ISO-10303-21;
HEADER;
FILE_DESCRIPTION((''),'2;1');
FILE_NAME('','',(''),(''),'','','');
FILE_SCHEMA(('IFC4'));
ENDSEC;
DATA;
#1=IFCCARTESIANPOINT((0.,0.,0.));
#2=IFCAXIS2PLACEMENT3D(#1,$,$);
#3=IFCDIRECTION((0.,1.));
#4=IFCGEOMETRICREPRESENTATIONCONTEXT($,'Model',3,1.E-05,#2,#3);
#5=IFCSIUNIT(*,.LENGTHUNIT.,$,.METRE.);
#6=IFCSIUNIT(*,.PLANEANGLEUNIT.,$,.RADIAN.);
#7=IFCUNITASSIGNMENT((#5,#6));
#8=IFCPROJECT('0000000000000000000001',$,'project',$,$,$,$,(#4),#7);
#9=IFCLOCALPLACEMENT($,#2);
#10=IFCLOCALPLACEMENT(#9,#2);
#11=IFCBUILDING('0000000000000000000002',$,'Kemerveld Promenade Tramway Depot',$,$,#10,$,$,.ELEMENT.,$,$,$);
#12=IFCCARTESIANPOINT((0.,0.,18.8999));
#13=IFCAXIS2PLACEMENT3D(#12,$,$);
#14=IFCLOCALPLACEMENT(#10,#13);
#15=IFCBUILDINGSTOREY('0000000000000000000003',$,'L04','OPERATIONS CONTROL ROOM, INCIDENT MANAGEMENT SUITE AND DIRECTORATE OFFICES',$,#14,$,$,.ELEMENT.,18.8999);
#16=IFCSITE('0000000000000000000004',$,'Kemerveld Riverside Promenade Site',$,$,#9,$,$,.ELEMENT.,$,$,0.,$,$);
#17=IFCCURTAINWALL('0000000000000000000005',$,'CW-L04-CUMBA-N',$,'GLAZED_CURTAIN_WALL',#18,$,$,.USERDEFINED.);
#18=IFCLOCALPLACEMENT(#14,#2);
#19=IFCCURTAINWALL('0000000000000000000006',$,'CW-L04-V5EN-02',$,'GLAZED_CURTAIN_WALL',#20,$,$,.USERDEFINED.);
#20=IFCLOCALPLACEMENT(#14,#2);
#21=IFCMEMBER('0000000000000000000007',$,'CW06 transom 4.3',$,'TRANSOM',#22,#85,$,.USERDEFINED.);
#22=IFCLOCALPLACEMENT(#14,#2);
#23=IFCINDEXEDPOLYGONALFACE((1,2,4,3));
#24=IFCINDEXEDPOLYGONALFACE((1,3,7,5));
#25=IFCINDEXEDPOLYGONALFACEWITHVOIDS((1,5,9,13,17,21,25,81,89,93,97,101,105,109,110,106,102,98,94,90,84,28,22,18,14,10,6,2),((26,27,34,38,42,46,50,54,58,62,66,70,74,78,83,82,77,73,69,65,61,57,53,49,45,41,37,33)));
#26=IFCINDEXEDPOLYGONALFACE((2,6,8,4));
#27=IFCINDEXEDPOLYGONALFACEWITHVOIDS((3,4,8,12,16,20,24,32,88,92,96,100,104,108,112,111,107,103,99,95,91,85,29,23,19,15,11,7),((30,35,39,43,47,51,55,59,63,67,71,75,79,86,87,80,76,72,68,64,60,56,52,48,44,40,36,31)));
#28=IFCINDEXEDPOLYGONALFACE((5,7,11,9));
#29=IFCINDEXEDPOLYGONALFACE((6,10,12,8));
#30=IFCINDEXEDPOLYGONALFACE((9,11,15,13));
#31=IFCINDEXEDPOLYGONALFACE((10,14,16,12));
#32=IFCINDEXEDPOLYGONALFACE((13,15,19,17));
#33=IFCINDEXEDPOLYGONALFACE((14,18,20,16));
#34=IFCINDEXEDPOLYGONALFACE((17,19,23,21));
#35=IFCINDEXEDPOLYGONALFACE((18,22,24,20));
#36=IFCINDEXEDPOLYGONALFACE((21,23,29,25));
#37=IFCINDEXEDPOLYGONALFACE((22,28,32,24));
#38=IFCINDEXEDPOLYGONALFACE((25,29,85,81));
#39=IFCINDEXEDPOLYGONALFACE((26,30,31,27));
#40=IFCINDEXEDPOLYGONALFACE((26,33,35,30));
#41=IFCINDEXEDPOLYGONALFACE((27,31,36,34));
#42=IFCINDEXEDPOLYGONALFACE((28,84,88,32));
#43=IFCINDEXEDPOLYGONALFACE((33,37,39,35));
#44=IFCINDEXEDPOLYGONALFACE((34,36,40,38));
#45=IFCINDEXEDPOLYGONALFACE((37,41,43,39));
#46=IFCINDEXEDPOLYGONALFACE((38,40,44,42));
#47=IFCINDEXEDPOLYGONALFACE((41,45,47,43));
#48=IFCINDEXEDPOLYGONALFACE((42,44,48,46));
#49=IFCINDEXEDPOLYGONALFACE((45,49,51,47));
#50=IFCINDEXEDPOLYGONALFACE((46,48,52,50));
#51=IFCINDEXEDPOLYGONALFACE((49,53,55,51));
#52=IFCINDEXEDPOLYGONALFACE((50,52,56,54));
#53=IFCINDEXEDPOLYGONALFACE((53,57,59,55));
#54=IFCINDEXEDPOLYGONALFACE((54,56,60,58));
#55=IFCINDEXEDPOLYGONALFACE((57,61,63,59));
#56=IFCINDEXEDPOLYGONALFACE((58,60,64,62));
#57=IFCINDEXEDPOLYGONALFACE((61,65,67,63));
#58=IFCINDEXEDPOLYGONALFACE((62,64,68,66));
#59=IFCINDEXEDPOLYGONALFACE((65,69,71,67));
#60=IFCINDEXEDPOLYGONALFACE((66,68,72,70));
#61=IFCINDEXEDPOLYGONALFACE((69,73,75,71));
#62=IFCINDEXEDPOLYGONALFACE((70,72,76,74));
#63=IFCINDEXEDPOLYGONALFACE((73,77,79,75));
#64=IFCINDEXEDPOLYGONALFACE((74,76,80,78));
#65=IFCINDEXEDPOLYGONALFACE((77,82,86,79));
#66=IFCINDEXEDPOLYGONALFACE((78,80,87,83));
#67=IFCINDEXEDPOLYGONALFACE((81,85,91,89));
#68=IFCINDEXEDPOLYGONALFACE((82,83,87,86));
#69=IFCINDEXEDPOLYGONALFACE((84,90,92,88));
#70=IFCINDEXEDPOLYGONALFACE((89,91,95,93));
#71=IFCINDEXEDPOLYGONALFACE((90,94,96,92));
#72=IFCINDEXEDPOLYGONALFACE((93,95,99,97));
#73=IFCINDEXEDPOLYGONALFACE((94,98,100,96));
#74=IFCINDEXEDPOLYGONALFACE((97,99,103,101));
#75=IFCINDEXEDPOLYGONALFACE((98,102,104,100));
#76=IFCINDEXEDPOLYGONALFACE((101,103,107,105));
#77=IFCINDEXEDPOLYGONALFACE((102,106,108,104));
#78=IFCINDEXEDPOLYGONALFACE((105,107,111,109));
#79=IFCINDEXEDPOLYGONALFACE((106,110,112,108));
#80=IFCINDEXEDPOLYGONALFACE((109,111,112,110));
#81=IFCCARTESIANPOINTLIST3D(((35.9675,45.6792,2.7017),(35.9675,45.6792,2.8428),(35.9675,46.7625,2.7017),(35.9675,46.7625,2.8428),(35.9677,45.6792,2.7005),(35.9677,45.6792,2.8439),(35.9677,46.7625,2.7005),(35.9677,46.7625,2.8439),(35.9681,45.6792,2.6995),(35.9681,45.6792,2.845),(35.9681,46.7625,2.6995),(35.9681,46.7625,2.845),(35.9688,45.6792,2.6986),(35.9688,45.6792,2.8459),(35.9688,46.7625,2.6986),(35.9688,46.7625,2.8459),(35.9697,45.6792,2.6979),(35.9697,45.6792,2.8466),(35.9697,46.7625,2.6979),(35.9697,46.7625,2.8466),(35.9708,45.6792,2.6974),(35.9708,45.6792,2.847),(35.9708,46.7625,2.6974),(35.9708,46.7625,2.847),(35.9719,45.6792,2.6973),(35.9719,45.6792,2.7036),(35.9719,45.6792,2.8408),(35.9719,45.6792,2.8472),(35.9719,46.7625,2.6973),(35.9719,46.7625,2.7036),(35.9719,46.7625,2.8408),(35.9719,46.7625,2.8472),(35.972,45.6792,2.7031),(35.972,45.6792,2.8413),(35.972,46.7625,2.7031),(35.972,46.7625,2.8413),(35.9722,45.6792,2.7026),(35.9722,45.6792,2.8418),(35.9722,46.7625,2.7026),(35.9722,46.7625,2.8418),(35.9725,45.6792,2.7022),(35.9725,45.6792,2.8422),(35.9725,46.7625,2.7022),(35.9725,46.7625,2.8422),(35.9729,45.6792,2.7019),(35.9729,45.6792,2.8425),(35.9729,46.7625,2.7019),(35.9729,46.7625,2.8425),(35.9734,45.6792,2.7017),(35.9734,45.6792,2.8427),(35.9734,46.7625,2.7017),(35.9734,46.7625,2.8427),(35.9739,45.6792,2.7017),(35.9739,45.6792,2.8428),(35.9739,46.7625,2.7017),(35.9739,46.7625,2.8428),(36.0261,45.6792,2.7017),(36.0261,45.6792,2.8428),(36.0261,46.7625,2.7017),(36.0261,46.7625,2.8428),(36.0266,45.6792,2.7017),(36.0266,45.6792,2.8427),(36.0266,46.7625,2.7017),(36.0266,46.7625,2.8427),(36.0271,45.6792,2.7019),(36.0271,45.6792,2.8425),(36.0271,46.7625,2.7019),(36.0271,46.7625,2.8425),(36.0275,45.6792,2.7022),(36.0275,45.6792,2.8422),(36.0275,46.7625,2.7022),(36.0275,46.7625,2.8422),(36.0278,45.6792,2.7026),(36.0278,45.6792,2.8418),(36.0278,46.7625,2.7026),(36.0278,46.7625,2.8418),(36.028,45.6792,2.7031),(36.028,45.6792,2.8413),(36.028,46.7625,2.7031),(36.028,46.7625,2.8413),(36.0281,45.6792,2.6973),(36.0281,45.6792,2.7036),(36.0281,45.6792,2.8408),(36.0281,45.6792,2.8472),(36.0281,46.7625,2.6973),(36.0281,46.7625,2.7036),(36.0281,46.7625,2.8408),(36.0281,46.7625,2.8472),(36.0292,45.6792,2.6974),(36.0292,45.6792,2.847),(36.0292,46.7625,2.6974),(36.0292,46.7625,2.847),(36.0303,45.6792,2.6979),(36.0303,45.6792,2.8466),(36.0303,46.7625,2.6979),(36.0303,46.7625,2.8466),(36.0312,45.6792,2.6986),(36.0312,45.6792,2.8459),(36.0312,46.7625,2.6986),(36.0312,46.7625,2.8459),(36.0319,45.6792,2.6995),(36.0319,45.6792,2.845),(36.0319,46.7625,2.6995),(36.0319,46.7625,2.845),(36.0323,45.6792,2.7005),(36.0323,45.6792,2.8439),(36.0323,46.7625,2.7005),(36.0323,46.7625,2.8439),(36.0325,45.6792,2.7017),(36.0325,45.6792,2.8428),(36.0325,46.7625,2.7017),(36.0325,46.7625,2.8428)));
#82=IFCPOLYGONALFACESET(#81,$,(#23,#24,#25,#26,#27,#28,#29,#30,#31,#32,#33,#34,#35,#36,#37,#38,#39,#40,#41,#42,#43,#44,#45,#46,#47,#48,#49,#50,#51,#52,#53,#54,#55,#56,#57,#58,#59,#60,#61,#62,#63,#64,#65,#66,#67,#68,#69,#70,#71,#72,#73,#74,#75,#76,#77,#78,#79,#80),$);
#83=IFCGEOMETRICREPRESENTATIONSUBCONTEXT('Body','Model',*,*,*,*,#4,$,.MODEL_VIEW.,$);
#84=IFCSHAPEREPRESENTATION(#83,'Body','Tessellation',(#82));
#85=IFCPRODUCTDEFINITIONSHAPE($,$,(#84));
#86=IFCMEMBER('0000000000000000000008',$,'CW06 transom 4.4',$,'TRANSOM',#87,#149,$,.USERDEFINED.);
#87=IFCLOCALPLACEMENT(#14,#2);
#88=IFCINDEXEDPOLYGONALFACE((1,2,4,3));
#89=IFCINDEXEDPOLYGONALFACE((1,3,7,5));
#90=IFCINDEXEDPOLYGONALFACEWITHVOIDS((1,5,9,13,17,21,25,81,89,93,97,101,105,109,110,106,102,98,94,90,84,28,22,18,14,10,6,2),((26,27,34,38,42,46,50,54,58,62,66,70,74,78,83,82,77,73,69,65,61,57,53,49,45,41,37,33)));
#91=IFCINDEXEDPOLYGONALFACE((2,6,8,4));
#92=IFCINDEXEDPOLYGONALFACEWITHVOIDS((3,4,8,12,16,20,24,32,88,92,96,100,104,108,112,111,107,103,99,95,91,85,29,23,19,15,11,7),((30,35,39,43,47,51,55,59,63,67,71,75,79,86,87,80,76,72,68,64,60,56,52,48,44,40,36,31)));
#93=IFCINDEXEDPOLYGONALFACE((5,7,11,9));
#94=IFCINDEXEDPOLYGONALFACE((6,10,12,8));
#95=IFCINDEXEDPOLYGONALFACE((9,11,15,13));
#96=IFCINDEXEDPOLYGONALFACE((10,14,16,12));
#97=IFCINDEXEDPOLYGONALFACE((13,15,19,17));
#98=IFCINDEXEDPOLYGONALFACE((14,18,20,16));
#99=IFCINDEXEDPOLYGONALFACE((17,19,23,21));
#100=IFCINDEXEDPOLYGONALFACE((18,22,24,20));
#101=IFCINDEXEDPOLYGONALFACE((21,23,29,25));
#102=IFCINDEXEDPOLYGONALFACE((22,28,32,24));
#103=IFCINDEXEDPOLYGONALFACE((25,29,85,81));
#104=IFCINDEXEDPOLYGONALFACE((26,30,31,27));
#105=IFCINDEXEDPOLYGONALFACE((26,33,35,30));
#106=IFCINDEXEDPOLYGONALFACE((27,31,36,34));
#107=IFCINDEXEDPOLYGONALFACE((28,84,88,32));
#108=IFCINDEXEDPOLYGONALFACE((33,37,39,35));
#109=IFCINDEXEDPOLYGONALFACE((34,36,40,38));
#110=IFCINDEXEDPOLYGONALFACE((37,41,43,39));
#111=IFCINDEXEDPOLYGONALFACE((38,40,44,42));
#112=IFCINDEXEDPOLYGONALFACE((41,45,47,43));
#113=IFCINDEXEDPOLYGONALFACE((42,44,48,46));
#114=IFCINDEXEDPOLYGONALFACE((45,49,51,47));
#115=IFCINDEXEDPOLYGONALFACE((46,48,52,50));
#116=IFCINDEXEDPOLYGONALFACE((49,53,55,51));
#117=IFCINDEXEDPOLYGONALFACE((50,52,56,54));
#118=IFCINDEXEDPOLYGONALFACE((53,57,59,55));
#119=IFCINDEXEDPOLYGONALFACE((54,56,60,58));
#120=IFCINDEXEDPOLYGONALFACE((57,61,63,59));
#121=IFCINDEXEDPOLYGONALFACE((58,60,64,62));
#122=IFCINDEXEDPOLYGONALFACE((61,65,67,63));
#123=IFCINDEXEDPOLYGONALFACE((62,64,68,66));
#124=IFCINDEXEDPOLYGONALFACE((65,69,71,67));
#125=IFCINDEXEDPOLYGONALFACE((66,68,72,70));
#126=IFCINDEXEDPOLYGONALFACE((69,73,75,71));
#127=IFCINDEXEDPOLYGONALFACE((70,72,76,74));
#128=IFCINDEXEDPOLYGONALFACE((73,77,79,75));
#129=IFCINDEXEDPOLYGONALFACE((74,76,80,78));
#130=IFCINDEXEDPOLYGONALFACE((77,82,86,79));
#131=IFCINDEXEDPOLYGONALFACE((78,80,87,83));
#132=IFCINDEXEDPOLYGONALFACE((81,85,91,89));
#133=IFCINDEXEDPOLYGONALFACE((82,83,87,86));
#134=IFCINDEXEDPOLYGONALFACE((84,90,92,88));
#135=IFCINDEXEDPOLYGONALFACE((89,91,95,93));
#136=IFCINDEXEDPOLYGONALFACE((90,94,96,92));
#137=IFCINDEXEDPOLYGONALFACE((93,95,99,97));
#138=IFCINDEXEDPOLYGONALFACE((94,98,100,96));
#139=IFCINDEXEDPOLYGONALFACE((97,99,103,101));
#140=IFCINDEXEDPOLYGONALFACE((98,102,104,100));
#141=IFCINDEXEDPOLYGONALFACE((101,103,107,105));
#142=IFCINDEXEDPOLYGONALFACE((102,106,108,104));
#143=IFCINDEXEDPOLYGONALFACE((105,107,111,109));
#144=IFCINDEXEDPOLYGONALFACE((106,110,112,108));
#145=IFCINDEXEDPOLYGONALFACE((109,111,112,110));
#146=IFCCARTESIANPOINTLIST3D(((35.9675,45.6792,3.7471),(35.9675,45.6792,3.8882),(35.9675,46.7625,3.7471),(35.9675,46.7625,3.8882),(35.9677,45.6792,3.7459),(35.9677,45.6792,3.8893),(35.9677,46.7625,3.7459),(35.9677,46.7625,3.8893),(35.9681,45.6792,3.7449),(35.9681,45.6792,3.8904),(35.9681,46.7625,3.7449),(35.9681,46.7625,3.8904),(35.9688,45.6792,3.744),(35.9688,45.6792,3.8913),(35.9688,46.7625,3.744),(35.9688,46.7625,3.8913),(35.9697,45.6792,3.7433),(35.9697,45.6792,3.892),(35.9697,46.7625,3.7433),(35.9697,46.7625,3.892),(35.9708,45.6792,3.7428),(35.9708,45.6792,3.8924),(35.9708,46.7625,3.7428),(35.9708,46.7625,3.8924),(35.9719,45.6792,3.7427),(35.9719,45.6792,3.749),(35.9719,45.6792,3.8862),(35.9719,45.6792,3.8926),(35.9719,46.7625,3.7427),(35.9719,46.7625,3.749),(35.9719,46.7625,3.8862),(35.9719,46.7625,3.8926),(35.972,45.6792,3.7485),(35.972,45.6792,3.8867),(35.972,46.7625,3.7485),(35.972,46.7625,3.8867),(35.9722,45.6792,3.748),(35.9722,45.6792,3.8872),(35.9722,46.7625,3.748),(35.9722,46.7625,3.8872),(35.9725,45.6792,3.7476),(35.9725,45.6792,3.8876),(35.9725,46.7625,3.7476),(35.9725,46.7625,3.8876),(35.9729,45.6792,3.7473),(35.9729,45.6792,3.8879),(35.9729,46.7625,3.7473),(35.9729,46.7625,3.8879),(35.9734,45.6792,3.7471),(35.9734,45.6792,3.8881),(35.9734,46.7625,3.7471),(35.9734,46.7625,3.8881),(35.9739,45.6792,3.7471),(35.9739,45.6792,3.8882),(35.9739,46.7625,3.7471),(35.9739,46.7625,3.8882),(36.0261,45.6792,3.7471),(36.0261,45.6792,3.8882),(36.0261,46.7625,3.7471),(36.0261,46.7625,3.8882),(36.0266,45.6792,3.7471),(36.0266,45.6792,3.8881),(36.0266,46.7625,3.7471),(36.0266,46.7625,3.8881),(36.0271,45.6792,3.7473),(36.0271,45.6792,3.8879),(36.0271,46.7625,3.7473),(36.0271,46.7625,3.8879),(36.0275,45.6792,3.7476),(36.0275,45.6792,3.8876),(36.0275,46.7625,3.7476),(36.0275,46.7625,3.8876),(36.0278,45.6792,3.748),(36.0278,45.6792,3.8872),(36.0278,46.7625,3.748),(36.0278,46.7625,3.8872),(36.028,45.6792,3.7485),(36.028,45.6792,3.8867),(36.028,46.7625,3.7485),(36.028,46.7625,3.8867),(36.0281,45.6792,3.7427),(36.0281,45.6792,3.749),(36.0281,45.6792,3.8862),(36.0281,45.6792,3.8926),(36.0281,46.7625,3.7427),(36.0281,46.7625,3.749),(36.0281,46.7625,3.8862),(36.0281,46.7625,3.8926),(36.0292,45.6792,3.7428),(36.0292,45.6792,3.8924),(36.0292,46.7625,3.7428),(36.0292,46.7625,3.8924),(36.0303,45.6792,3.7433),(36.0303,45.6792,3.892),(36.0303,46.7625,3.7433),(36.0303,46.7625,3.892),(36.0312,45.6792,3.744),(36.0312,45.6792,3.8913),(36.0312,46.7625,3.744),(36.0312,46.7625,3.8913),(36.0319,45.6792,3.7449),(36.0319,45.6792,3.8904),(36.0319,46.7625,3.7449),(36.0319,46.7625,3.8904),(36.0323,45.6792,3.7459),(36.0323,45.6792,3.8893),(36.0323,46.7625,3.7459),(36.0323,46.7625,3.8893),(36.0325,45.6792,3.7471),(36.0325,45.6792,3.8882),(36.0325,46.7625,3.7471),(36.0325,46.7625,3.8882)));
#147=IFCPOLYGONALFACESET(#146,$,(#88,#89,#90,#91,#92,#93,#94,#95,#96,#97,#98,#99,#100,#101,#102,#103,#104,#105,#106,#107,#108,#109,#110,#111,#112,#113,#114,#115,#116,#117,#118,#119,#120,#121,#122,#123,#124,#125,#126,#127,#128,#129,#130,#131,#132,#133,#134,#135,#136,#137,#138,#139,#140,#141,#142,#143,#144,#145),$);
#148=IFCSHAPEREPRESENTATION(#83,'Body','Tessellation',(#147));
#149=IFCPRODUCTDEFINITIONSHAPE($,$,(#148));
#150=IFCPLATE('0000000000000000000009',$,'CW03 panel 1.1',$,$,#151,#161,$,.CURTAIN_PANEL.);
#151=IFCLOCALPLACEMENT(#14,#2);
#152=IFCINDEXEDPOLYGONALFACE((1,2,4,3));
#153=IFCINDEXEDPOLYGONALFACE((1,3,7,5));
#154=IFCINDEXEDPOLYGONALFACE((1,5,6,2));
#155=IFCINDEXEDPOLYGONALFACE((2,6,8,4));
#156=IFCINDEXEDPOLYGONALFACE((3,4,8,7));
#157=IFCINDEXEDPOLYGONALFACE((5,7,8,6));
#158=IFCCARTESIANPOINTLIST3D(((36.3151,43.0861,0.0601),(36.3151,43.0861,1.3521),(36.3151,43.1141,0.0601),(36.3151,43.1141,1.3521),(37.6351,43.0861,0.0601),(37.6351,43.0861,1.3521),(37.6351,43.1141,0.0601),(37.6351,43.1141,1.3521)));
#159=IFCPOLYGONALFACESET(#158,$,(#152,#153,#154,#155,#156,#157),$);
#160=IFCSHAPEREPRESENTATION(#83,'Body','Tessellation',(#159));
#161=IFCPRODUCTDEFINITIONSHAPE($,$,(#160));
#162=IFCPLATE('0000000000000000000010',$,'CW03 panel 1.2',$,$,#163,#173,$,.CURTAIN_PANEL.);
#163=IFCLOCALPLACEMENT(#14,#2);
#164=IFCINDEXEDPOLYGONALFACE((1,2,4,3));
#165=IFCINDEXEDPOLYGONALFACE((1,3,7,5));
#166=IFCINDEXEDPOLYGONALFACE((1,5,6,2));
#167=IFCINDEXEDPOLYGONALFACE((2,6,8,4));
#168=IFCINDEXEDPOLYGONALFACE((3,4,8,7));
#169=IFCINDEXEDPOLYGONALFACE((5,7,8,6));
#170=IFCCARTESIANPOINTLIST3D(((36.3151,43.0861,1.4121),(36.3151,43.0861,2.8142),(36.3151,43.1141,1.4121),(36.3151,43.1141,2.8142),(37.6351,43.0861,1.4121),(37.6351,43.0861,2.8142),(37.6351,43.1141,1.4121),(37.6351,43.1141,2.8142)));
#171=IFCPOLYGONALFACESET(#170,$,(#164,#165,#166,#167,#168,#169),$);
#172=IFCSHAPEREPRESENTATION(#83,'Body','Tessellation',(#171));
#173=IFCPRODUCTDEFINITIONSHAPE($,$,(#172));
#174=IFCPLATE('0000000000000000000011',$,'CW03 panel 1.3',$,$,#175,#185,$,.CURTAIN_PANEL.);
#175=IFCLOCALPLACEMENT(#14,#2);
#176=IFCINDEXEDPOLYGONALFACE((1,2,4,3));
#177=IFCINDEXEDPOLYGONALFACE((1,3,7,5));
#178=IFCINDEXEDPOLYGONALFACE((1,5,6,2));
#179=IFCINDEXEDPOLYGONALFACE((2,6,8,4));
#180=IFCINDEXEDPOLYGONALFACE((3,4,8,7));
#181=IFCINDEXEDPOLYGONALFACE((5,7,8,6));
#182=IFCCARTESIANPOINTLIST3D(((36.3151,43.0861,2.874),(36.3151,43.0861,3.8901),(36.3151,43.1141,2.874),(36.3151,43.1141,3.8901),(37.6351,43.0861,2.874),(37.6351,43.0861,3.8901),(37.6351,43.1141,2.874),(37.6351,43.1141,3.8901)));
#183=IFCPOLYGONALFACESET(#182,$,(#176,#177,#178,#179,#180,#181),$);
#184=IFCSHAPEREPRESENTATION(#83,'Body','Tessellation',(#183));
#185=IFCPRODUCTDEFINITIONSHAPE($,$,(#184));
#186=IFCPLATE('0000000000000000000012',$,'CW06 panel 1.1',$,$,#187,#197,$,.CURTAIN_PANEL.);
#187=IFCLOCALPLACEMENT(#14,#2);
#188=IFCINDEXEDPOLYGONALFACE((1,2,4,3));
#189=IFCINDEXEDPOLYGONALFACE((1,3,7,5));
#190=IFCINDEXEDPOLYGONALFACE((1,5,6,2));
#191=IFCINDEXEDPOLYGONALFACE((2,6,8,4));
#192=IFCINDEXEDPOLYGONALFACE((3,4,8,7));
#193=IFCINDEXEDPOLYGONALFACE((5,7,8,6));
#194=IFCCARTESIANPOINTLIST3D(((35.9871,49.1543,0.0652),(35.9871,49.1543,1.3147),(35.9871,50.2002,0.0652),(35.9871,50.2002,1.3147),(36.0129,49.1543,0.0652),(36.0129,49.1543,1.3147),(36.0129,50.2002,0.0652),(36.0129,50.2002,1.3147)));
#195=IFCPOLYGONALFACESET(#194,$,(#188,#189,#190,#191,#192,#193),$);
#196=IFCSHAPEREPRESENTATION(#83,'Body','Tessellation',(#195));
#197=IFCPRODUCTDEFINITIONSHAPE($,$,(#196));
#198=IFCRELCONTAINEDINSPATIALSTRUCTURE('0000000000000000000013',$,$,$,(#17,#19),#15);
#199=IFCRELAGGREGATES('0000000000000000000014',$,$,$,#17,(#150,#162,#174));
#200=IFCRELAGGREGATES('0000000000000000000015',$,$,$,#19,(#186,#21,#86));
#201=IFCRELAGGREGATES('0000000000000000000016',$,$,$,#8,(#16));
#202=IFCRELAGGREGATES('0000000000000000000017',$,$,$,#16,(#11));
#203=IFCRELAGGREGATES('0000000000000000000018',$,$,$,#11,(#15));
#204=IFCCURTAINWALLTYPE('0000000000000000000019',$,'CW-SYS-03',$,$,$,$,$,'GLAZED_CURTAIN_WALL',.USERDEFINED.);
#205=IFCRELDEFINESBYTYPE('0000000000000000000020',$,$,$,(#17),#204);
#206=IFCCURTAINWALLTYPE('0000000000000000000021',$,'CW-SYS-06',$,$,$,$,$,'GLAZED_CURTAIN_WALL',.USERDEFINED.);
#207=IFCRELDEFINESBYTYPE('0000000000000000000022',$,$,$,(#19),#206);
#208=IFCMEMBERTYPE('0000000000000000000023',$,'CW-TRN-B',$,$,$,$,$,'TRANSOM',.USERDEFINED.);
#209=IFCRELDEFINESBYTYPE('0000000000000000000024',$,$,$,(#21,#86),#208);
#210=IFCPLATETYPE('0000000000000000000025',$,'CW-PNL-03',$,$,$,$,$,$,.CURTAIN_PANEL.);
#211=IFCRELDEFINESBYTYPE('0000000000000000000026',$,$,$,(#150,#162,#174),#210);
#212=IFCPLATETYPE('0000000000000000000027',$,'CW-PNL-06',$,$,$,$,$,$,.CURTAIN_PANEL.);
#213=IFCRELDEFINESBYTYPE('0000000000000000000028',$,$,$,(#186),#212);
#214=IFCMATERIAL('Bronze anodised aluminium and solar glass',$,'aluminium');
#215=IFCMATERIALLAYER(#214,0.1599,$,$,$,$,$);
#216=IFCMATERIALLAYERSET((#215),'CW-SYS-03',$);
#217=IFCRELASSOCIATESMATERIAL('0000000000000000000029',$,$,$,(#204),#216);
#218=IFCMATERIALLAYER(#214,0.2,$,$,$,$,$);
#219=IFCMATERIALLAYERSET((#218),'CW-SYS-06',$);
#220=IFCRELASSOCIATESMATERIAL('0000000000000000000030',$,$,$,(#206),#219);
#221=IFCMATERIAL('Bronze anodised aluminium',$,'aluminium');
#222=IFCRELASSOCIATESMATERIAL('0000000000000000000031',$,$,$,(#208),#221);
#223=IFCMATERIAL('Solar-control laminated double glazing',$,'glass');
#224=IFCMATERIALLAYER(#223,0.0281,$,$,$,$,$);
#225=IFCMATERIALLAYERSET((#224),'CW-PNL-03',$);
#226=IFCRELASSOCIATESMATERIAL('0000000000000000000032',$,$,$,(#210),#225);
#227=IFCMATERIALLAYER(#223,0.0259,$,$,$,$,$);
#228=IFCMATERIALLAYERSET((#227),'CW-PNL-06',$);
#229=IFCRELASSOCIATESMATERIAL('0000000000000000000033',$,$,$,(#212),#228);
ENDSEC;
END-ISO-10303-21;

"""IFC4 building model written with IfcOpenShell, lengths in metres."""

from ifc_helpers import new_model, si_unit, direction, frame, origin, origin_2d, place, context, subcontext, project, spatial, rectangle, hollow_rectangle, extrude, material, layer, layer_set, material_profile, profile_set, type_object, element, aggregate, save


model = new_model("IFC4")

# Units and contexts
model_context = context("Model", 3, precision=1e-05, world=origin(), true_north=direction((0.0, 1.0)))
body_context = subcontext(model_context, "Body", "Model", "MODEL_VIEW")
ifc_project = project(units=[si_unit("LENGTHUNIT", "METRE"), si_unit("PLANEANGLEUNIT", "RADIAN")], contexts=[model_context])

# Site, building, storey
site_placement = place(None, origin())
site = spatial("IfcSite", under=ifc_project, at=site_placement, Name="Kemerveld Riverside Promenade Site", CompositionType="ELEMENT", RefElevation=0.0)
building_placement = place(site_placement, origin())
building = spatial("IfcBuilding", under=site, at=building_placement, Name="Kemerveld Promenade Tramway Depot", CompositionType="ELEMENT")
storey_placement = place(building_placement, frame((0.0, 0.0, 18.8999)))
storey = spatial("IfcBuildingStorey", under=building, at=storey_placement, Name="L04", Description="OPERATIONS CONTROL ROOM, INCIDENT MANAGEMENT SUITE AND DIRECTORATE OFFICES", CompositionType="ELEMENT", Elevation=18.8999)

# Curtain wall
ifc_material_1 = material(Name="Bronze anodised aluminium and solar glass", Category="aluminium")
ifc_layer_1 = layer(ifc_material_1, 0.1599)
ifc_layer_set_1 = layer_set([ifc_layer_1], Name="CW-SYS-03")
curtain_wall_type_1 = type_object("IfcCurtainWallType", Name="CW-SYS-03", ElementType="GLAZED_CURTAIN_WALL", PredefinedType="USERDEFINED", material=ifc_layer_set_1)
curtain_wall_1_placement = place(storey_placement, origin())
curtain_wall_1 = element("IfcCurtainWall", 1, at=curtain_wall_1_placement, inside=storey, type_object=curtain_wall_type_1, Name="CW-L04-CUMBA-N", ObjectType="GLAZED_CURTAIN_WALL", PredefinedType="USERDEFINED")
ifc_material_2 = material(Name="Bronze anodised aluminium", Category="aluminium")

# Curtain wall, members
ifc_layer_2 = layer(ifc_material_1, 0.2)
ifc_layer_set_2 = layer_set([ifc_layer_2], Name="CW-SYS-06")
curtain_wall_type_2 = type_object("IfcCurtainWallType", Name="CW-SYS-06", ElementType="GLAZED_CURTAIN_WALL", PredefinedType="USERDEFINED", material=ifc_layer_set_2)
curtain_wall_2_placement = place(storey_placement, origin())
curtain_wall_2 = element("IfcCurtainWall", 2, at=curtain_wall_2_placement, inside=storey, type_object=curtain_wall_type_2, Name="CW-L04-V5EN-02", ObjectType="GLAZED_CURTAIN_WALL", PredefinedType="USERDEFINED")
ifc_material_profile_1 = material_profile(ifc_material_2, hollow_rectangle(XDim=0.0649, YDim=0.1499, WallThickness=0.0044, InnerFilletRadius=0.002, OuterFilletRadius=0.0044, at=origin_2d()), Name="CW-TRN-150x65")
ifc_profile_set_1 = profile_set([ifc_material_profile_1], Name="Bronze anodised aluminium")
member_type_1 = type_object("IfcMemberType", Name="CW-TRN-B", ElementType="TRANSOM", PredefinedType="USERDEFINED", material=ifc_profile_set_1)
member_1_placement = place(storey_placement, frame((36.0, 46.7625, 2.7722), z_axis=(0.0, -1.0, 0.0), x_axis=(1.0, 0.0, 0.0)))
member_1 = element("IfcMember", 3, at=member_1_placement, type_object=member_type_1, Name="CW06 transom 4.3", ObjectType="TRANSOM", PredefinedType="USERDEFINED", context=body_context, shape_type="SweptSolid", body=[
    extrude(hollow_rectangle(XDim=0.0649, YDim=0.1499, WallThickness=0.0044, InnerFilletRadius=0.002, OuterFilletRadius=0.0044, at=origin_2d()), origin(), (0.0, 0.0, 1.0), 1.0833),
])
member_2_placement = place(storey_placement, frame((36.0, 46.7625, 3.8176), z_axis=(0.0, -1.0, 0.0), x_axis=(1.0, 0.0, 0.0)))
member_2 = element("IfcMember", 4, at=member_2_placement, type_object=member_type_1, Name="CW06 transom 4.4", ObjectType="TRANSOM", PredefinedType="USERDEFINED", context=body_context, shape_type="SweptSolid", body=[
    extrude(hollow_rectangle(XDim=0.0649, YDim=0.1499, WallThickness=0.0044, InnerFilletRadius=0.002, OuterFilletRadius=0.0044, at=origin_2d()), origin(), (0.0, 0.0, 1.0), 1.0833),
])

# Plates
ifc_material_3 = material(Name="Solar-control laminated double glazing", Category="glass")
ifc_layer_3 = layer(ifc_material_3, 0.0281)
ifc_layer_set_3 = layer_set([ifc_layer_3], Name="CW-PNL-03")
plate_type_1 = type_object("IfcPlateType", Name="CW-PNL-03", PredefinedType="CURTAIN_PANEL", material=ifc_layer_set_3)
plate_1_placement = place(storey_placement, frame((36.9751, 43.1001, 0.0601), z_axis=(0.0, 0.0, 1.0), x_axis=(1.0, 0.0, 0.0)))
plate_1 = element("IfcPlate", 5, at=plate_1_placement, type_object=plate_type_1, Name="CW03 panel 1.1", PredefinedType="CURTAIN_PANEL", context=body_context, shape_type="SweptSolid", body=[
    extrude(rectangle(XDim=1.3201, YDim=0.0281, at=origin_2d()), origin(), (0.0, 0.0, 1.0), 1.292),
])
plate_2_placement = place(storey_placement, frame((36.9751, 43.1001, 1.4121), z_axis=(0.0, 0.0, 1.0), x_axis=(1.0, 0.0, 0.0)))
plate_2 = element("IfcPlate", 6, at=plate_2_placement, type_object=plate_type_1, Name="CW03 panel 1.2", PredefinedType="CURTAIN_PANEL", context=body_context, shape_type="SweptSolid", body=[
    extrude(rectangle(XDim=1.3201, YDim=0.0281, at=origin_2d()), origin(), (0.0, 0.0, 1.0), 1.4021),
])
plate_3_placement = place(storey_placement, frame((36.9751, 43.1001, 2.874), z_axis=(0.0, 0.0, 1.0), x_axis=(1.0, 0.0, 0.0)))
plate_3 = element("IfcPlate", 7, at=plate_3_placement, type_object=plate_type_1, Name="CW03 panel 1.3", PredefinedType="CURTAIN_PANEL", context=body_context, shape_type="SweptSolid", body=[
    extrude(rectangle(XDim=1.3201, YDim=0.0281, at=origin_2d()), origin(), (0.0, 0.0, 1.0), 1.0161),
])
aggregate(curtain_wall_1, [plate_1, plate_2, plate_3])
ifc_layer_4 = layer(ifc_material_3, 0.0259)
ifc_layer_set_4 = layer_set([ifc_layer_4], Name="CW-PNL-06")
plate_type_2 = type_object("IfcPlateType", Name="CW-PNL-06", PredefinedType="CURTAIN_PANEL", material=ifc_layer_set_4)
plate_4_placement = place(storey_placement, frame((36.0, 49.6772, 0.0652), z_axis=(0.0, 0.0, 1.0), x_axis=(0.0, -1.0, 0.0)))
plate_4 = element("IfcPlate", 8, at=plate_4_placement, type_object=plate_type_2, Name="CW06 panel 1.1", PredefinedType="CURTAIN_PANEL", context=body_context, shape_type="SweptSolid", body=[
    extrude(rectangle(XDim=1.0459, YDim=0.0259, at=origin_2d()), origin(), (0.0, 0.0, 1.0), 1.2495),
])
aggregate(curtain_wall_2, [plate_4, member_1, member_2])

save(model, "model.ifc")
